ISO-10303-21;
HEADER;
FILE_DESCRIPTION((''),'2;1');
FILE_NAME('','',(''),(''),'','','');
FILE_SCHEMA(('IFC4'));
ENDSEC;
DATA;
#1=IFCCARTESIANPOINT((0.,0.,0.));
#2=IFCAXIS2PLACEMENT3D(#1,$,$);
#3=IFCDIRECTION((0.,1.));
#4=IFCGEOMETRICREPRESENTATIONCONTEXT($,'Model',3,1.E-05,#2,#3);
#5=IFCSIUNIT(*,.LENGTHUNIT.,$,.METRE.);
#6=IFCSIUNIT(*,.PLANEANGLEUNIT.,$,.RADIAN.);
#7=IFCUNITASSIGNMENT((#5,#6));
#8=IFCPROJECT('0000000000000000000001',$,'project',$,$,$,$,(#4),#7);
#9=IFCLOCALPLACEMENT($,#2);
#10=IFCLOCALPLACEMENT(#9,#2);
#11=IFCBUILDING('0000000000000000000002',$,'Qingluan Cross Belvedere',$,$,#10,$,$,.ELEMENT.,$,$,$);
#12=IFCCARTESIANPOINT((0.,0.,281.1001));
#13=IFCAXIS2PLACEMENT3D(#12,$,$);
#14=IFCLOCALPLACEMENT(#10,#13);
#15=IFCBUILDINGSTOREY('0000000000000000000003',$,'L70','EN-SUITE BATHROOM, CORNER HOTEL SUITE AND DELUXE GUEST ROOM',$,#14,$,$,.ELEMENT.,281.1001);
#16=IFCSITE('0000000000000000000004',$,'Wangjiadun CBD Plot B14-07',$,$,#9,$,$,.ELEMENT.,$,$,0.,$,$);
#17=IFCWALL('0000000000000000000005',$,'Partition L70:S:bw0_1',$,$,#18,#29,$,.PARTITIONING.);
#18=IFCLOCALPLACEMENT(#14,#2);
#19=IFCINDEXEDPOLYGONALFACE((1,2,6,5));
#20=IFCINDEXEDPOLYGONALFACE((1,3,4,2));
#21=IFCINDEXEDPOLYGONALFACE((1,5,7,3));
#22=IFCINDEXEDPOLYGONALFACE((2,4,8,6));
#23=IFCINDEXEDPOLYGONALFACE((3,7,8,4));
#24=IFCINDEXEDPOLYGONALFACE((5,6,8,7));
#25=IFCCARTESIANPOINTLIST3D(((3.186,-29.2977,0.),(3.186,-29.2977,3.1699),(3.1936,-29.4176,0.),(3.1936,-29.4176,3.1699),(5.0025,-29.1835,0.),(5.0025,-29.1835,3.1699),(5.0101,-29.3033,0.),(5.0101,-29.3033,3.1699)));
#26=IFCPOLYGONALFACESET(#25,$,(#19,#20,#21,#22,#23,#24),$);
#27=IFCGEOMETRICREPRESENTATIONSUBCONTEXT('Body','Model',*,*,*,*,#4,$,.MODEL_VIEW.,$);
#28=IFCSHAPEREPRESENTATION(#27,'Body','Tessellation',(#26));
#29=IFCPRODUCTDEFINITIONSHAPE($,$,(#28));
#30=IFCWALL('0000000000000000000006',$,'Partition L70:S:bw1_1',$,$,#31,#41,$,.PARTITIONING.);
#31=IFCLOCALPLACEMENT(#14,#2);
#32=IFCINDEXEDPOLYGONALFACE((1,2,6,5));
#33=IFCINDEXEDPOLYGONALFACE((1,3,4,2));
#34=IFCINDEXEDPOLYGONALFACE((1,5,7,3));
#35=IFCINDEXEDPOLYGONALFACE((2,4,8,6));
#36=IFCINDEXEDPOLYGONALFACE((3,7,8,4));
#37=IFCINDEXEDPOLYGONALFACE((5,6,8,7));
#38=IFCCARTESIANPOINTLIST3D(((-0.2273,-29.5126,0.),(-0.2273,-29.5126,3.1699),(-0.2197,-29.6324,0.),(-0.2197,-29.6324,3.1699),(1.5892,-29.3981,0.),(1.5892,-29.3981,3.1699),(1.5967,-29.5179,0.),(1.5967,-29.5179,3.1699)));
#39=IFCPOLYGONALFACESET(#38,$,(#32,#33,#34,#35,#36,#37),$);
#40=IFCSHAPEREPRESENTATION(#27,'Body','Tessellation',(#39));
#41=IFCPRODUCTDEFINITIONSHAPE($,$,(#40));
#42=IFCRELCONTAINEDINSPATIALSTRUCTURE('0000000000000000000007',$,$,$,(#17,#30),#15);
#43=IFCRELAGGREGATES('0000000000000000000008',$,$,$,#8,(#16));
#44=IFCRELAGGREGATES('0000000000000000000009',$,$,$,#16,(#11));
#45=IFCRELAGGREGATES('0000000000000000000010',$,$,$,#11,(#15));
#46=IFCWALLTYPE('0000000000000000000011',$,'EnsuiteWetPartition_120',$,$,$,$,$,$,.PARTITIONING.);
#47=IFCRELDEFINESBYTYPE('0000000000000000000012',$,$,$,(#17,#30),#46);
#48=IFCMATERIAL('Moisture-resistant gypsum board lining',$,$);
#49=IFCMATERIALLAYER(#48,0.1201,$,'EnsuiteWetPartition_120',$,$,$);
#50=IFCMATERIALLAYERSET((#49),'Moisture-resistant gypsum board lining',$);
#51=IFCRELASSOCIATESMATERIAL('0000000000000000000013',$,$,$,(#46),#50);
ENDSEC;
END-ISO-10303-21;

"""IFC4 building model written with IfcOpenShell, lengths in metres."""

from ifc_helpers import new_model, si_unit, direction, frame, frame_2d, origin, place, context, subcontext, project, spatial, rectangle, extrude, material, layer, layer_set, type_object, element, save


model = new_model("IFC4")

# Units and contexts
model_context = context("Model", 3, precision=1e-05, world=origin(), true_north=direction((0.0, 1.0)))
body_context = subcontext(model_context, "Body", "Model", "MODEL_VIEW")
ifc_project = project(units=[si_unit("LENGTHUNIT", "METRE"), si_unit("PLANEANGLEUNIT", "RADIAN")], contexts=[model_context])

# Site, building, storey
site_placement = place(None, origin())
site = spatial("IfcSite", under=ifc_project, at=site_placement, Name="Wangjiadun CBD Plot B14-07", CompositionType="ELEMENT", RefElevation=0.0)
building_placement = place(site_placement, origin())
building = spatial("IfcBuilding", under=site, at=building_placement, Name="Qingluan Cross Belvedere", CompositionType="ELEMENT")
storey_placement = place(building_placement, frame((0.0, 0.0, 281.1001)))
storey = spatial("IfcBuildingStorey", under=building, at=storey_placement, Name="L70", Description="EN-SUITE BATHROOM, CORNER HOTEL SUITE AND DELUXE GUEST ROOM", CompositionType="ELEMENT", Elevation=281.1001)

# Shared definitions
ifc_material_1 = material(Name="Moisture-resistant gypsum board lining")
ifc_layer_1 = layer(ifc_material_1, 0.1201, Name="EnsuiteWetPartition_120")
ifc_layer_set_1 = layer_set([ifc_layer_1], Name="Moisture-resistant gypsum board lining")
wall_type_1 = type_object("IfcWallType", Name="EnsuiteWetPartition_120", PredefinedType="PARTITIONING", material=ifc_layer_set_1)

# Walls
for number, where, z_axis, x_axis, name in (
    (1, (3.1897, -29.3577, 0.0), (0.0, 0.0, 1.0), (0.998027, 0.062779, 0.0), "Partition L70:S:bw0_1"),
    (2, (-0.2236, -29.5725, 0.0), (0.0, 0.0, 1.0), (0.998019, 0.062913, 0.0), "Partition L70:S:bw1_1"),
):
    element("IfcWall", number, at=place(storey_placement, frame(where, z_axis=z_axis, x_axis=x_axis)), inside=storey, type_object=wall_type_1, Name=name, PredefinedType="PARTITIONING", context=body_context, shape_type="SweptSolid", body=[
        extrude(rectangle(XDim=1.8201, YDim=0.1201, at=frame_2d((0.9102, 0.0))), origin(), (0.0, 0.0, 1.0), 3.1699),
    ])

save(model, "model.ifc")
